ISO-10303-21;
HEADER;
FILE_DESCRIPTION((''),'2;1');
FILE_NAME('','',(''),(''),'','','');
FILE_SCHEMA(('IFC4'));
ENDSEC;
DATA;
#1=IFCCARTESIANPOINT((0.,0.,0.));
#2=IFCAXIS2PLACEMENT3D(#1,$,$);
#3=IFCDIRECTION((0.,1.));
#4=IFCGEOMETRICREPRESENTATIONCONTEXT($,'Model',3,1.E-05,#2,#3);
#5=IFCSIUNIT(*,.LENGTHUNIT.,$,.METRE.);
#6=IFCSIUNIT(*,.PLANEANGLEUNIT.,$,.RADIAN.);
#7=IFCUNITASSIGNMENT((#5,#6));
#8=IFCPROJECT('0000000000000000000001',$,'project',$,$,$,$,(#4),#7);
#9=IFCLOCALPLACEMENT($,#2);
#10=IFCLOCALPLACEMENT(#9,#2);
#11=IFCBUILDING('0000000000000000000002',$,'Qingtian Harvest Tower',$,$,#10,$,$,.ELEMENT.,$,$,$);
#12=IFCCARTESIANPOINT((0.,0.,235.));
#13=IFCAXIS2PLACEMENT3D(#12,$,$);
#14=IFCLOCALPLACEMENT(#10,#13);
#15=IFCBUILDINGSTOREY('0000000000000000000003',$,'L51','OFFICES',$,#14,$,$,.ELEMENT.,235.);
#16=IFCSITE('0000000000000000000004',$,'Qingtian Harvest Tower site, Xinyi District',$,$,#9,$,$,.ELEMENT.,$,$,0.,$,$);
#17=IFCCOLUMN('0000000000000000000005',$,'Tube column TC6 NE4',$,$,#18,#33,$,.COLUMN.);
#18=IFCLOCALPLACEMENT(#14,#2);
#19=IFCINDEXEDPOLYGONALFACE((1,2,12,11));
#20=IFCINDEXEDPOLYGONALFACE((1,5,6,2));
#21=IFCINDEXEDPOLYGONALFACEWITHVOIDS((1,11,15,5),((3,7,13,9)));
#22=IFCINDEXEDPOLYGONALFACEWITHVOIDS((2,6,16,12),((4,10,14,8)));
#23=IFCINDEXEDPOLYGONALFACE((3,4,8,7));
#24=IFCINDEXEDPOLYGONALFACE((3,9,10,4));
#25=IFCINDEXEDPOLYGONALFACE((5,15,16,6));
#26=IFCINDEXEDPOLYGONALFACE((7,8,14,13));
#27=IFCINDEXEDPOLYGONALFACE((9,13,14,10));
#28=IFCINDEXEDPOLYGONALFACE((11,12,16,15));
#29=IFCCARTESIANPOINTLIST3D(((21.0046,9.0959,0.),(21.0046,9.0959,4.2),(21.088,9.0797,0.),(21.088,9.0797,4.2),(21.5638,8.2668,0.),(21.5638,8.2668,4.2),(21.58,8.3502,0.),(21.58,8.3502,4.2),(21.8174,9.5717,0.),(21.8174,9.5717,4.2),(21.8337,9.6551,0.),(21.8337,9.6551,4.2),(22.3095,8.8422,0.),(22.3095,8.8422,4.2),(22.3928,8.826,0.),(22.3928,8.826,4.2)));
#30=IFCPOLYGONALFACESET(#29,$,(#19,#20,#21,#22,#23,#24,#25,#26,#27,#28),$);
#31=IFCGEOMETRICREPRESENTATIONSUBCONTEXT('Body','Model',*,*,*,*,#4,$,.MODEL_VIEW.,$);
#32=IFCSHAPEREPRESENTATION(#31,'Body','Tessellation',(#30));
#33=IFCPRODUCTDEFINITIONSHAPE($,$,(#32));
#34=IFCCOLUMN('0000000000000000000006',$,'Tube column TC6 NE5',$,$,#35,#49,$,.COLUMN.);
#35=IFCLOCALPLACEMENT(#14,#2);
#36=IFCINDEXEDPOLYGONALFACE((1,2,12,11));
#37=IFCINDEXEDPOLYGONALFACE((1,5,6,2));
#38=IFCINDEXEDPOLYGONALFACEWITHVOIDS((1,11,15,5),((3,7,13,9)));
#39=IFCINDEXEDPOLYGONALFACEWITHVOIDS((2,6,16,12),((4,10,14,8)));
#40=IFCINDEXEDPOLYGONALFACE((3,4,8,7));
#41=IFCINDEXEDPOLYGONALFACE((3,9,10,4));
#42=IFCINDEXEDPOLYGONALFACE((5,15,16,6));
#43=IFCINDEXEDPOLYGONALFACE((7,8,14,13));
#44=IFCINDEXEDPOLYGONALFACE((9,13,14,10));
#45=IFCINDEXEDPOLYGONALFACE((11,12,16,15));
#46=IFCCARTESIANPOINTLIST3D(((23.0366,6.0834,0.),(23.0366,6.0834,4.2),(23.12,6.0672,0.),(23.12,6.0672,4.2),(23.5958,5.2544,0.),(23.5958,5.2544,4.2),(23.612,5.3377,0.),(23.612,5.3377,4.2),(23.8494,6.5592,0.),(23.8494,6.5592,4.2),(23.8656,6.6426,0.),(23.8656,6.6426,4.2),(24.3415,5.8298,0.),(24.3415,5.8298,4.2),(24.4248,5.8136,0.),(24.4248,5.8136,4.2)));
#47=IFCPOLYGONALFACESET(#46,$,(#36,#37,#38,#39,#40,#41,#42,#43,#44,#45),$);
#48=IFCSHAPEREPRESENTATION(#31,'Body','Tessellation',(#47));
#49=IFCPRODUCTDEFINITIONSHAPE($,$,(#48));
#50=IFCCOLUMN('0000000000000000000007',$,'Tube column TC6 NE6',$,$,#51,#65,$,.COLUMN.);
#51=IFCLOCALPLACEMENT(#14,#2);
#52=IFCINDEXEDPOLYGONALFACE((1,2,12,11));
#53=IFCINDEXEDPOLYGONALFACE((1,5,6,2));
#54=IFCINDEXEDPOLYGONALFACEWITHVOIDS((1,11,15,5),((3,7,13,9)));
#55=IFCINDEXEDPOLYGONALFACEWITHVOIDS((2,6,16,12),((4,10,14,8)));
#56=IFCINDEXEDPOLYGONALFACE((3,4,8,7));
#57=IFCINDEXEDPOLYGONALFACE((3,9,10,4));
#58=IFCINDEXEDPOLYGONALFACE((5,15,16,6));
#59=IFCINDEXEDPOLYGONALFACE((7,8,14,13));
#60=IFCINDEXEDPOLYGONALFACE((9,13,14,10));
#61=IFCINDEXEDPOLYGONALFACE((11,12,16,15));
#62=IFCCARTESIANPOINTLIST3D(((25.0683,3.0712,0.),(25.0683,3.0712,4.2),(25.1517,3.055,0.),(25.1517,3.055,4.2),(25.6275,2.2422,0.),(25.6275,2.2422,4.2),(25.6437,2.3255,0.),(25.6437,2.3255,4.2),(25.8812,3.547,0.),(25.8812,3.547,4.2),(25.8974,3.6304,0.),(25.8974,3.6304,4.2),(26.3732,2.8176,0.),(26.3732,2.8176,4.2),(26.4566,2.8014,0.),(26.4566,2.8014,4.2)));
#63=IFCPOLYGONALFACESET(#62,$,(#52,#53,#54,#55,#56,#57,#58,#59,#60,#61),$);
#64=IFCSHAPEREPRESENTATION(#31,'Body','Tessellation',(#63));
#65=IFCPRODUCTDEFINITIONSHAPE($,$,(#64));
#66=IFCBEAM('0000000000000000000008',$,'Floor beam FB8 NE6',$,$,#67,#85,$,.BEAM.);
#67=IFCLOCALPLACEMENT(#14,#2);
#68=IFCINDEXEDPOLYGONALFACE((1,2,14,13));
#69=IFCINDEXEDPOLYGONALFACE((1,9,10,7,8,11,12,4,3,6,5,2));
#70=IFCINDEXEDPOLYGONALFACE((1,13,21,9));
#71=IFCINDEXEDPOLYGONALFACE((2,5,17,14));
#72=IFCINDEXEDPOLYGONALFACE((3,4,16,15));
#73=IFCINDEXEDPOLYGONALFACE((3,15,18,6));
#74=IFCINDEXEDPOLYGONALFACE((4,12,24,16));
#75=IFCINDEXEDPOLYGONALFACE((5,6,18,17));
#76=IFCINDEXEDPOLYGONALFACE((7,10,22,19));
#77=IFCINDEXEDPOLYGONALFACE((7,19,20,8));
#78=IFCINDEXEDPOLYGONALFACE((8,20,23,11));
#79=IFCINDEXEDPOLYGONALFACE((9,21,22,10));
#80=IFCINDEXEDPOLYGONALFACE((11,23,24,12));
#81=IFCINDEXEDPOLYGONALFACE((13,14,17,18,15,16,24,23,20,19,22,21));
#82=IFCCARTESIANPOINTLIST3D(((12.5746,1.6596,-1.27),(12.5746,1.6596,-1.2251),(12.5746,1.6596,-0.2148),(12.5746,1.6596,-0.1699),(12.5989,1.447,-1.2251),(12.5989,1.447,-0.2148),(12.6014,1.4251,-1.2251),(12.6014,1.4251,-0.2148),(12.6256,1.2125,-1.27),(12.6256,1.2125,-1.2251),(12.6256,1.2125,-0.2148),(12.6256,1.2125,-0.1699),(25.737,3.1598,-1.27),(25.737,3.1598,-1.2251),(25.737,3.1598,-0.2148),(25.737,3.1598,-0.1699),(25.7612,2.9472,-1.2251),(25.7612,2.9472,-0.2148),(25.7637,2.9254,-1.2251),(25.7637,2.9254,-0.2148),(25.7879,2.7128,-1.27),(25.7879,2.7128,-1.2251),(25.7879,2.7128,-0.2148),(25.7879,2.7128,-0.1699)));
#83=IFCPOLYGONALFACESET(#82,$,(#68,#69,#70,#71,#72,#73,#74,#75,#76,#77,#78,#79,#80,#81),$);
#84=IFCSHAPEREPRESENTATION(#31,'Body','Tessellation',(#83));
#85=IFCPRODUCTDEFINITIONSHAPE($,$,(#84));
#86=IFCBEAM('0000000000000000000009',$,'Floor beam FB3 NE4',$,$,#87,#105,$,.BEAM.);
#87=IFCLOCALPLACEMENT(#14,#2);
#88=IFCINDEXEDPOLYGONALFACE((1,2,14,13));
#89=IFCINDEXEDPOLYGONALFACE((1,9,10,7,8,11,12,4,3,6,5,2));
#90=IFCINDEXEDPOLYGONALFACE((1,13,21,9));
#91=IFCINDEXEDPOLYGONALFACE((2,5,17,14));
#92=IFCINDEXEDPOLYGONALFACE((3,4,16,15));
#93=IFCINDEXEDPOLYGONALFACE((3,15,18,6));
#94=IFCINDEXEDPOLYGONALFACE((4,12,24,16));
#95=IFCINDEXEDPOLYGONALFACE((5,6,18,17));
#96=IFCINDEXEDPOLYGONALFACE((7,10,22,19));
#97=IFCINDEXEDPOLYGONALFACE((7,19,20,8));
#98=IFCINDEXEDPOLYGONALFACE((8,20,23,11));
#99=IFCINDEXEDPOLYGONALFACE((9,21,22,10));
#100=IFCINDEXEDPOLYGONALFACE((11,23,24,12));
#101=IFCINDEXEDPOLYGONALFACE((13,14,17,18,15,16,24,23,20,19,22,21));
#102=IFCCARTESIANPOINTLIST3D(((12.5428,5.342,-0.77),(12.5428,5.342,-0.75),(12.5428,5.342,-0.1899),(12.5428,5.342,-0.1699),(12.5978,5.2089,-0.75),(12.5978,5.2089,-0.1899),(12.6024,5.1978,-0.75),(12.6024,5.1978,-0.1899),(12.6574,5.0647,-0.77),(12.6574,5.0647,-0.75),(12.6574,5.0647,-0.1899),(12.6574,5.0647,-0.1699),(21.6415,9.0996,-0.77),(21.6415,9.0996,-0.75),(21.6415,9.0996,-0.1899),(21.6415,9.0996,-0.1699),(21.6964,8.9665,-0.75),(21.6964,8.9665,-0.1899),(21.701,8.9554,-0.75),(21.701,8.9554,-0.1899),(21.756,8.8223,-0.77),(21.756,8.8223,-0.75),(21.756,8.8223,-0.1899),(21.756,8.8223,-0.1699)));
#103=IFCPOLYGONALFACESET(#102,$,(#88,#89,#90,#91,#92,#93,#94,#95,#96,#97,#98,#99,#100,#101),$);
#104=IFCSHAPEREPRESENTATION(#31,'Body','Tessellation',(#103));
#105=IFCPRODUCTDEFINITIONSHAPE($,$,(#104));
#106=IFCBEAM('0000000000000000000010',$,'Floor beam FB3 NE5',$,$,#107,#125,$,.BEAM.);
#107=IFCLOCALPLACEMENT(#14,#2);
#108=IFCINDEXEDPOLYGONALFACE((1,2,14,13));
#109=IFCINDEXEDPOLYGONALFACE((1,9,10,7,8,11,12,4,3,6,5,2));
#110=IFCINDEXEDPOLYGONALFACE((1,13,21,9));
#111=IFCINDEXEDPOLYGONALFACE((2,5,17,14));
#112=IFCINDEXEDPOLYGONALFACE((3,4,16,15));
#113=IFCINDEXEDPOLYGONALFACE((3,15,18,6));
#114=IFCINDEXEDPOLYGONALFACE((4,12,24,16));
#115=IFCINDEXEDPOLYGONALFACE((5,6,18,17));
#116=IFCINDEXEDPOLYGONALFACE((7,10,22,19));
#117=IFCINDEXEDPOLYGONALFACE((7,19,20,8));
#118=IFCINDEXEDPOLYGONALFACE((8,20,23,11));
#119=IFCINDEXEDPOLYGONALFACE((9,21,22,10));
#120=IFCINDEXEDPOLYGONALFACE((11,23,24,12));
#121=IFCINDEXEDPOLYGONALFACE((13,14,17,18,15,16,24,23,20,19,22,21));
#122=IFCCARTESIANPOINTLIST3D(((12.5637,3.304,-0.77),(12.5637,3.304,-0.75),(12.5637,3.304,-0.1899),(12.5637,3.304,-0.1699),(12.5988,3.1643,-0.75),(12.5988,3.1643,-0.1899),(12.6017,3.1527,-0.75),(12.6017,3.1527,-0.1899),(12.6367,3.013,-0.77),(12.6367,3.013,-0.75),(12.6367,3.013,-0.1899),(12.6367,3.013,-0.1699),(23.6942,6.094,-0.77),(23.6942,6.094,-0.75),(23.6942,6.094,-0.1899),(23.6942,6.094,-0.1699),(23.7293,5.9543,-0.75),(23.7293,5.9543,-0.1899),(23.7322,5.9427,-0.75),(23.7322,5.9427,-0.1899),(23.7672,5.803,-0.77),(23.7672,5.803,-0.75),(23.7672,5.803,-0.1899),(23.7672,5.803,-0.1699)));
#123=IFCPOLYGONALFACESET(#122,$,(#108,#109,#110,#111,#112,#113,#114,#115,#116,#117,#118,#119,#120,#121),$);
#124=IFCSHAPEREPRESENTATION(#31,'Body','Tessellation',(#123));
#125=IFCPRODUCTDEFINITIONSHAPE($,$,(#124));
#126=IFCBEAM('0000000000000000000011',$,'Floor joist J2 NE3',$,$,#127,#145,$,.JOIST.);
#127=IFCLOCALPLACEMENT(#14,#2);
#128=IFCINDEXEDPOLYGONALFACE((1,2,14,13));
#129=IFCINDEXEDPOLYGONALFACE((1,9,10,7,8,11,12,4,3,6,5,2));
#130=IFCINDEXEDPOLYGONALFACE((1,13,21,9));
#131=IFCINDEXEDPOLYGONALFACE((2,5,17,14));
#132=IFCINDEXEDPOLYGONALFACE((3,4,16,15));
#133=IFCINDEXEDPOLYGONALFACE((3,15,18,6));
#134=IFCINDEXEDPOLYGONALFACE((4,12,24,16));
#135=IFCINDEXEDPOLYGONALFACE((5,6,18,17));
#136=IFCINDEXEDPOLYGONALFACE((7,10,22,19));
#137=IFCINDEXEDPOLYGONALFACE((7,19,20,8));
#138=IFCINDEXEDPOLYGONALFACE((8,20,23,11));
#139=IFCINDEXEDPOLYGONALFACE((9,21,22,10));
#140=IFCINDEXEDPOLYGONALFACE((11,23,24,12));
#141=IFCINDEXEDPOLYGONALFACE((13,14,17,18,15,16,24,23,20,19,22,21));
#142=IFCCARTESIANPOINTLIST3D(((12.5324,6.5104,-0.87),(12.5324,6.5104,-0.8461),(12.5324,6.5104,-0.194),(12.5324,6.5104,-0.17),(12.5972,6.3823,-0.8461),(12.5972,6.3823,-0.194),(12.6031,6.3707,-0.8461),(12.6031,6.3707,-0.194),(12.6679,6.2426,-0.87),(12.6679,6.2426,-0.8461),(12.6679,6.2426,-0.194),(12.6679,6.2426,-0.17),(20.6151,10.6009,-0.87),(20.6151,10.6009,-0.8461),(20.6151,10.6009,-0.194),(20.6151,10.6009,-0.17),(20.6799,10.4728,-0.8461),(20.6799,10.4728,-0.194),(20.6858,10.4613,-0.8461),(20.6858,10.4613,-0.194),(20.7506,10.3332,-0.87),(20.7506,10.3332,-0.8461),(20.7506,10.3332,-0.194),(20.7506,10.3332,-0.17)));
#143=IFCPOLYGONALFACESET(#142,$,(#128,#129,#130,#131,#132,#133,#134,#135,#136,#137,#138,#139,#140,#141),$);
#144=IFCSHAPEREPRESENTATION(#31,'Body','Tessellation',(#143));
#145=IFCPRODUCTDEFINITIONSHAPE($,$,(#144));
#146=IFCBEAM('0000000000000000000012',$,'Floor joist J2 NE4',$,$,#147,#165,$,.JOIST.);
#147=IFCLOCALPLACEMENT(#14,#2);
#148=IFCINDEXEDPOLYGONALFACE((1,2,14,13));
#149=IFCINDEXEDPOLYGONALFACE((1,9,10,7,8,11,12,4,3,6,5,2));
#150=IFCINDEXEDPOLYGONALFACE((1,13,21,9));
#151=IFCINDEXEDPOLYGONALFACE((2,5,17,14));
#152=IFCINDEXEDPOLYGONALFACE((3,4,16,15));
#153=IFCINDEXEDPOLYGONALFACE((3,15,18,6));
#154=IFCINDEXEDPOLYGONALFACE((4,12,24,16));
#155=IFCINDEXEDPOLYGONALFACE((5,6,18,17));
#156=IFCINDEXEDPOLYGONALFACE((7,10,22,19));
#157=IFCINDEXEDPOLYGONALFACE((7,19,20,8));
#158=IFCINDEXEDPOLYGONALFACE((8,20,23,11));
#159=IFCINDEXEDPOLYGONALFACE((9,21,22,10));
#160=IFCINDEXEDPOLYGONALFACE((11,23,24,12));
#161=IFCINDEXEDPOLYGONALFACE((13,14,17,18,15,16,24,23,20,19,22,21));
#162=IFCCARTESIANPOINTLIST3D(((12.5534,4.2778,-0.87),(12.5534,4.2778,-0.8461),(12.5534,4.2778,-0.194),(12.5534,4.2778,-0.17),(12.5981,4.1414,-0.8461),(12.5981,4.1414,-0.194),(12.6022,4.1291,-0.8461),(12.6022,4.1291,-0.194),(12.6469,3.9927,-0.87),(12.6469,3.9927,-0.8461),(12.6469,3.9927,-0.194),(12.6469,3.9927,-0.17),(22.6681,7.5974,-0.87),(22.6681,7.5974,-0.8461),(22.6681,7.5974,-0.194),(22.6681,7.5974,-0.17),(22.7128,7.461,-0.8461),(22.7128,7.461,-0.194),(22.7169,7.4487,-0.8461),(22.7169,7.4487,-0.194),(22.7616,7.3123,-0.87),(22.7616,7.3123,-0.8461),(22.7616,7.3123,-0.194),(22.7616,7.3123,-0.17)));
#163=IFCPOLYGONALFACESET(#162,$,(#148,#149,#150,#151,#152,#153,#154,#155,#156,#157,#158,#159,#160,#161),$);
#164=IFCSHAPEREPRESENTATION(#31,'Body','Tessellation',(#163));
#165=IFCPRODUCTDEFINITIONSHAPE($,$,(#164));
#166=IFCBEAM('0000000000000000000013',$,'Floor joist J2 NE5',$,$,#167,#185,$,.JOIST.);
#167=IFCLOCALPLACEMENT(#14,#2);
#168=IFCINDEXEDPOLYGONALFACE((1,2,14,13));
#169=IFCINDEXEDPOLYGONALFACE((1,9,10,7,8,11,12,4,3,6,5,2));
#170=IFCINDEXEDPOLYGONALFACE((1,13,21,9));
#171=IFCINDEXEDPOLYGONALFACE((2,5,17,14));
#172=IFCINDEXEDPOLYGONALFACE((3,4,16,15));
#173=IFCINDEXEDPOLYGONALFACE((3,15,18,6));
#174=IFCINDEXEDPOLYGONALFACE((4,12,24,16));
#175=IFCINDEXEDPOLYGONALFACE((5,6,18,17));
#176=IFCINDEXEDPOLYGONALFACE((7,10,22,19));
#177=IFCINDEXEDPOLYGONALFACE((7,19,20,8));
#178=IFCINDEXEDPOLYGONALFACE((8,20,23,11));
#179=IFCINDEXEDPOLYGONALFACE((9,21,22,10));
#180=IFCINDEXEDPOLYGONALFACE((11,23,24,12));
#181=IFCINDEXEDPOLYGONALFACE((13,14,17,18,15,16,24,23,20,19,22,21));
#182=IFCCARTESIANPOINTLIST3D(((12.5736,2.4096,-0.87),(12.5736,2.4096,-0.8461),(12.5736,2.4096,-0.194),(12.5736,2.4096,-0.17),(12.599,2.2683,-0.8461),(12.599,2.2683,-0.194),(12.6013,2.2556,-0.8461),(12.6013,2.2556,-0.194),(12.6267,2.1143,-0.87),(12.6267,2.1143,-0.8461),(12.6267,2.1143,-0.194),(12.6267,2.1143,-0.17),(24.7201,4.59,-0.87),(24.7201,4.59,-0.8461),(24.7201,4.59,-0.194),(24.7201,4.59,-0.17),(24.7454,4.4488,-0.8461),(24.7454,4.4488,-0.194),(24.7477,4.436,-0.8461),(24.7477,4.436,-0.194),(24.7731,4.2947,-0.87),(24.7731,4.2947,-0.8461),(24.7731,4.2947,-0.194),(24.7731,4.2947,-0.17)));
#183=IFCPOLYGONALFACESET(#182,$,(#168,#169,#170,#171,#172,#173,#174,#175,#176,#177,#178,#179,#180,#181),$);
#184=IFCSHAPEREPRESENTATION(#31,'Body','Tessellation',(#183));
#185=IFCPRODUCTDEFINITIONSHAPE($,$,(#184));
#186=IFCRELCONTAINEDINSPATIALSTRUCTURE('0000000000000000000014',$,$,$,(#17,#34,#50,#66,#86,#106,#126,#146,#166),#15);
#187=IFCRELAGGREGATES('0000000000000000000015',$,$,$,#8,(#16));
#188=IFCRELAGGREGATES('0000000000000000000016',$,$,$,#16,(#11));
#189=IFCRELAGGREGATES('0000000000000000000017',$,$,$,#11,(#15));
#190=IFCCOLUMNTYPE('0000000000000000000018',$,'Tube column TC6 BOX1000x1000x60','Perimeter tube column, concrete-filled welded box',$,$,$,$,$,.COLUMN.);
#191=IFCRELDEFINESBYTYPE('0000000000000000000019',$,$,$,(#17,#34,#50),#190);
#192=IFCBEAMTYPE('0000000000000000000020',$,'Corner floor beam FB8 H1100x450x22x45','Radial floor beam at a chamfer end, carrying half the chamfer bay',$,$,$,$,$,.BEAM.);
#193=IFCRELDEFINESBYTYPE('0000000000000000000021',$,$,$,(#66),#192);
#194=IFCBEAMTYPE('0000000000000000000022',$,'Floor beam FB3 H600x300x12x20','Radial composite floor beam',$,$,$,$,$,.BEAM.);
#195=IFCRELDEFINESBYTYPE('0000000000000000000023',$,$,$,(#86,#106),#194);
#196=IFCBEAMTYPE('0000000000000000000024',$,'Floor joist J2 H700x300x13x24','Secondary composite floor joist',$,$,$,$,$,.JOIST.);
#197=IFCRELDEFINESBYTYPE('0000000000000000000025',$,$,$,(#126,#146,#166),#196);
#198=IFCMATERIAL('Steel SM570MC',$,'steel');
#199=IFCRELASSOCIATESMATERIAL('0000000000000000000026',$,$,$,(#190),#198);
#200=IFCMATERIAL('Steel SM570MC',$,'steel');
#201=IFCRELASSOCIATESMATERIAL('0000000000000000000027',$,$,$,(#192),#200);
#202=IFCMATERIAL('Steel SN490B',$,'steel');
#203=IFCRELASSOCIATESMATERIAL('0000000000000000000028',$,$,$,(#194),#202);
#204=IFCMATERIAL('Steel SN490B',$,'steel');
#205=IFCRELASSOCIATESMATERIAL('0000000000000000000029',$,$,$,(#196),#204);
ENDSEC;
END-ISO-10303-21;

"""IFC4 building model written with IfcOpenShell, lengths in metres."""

from ifc_helpers import new_model, si_unit, direction, frame, origin, origin_2d, place, context, subcontext, project, spatial, hollow_rectangle, i_section, extrude, material, material_profile, profile_set, type_object, element, save


model = new_model("IFC4")

# Units and contexts
model_context = context("Model", 3, precision=1e-05, world=origin(), true_north=direction((0.0, 1.0)))
body_context = subcontext(model_context, "Body", "Model", "MODEL_VIEW")
ifc_project = project(units=[si_unit("LENGTHUNIT", "METRE"), si_unit("PLANEANGLEUNIT", "RADIAN")], contexts=[model_context])

# Site, building, storey
site_placement = place(None, origin())
site = spatial("IfcSite", under=ifc_project, at=site_placement, Name="Qingtian Harvest Tower site, Xinyi District", CompositionType="ELEMENT", RefElevation=0.0)
building_placement = place(site_placement, origin())
building = spatial("IfcBuilding", under=site, at=building_placement, Name="Qingtian Harvest Tower", CompositionType="ELEMENT")
storey_placement = place(building_placement, frame((0.0, 0.0, 235.0)))
storey = spatial("IfcBuildingStorey", under=building, at=storey_placement, Name="L51", Description="OFFICES", CompositionType="ELEMENT", Elevation=235.0)

# Columns
ifc_material_1 = material(Name="Steel SM570MC", Category="steel")
ifc_material_profile_1 = material_profile(ifc_material_1, hollow_rectangle(XDim=1.0, YDim=1.0, WallThickness=0.0601, at=origin_2d()), Name="BOX1000x1000x60")
ifc_profile_set_1 = profile_set([ifc_material_profile_1], Name="Steel SM570MC")
column_type = type_object("IfcColumnType", Name="Tube column TC6 BOX1000x1000x60", Description="Perimeter tube column, concrete-filled welded box", PredefinedType="COLUMN", material=ifc_profile_set_1)
for number, where, z_axis, x_axis, name in (
    (1, (21.6987, 8.9609, 0.0), (0.0, 0.0, 1.0), (-0.559193, 0.829038, 0.0), "Tube column TC6 NE4"),
    (2, (23.7307, 5.9485, 0.0), (0.0, 0.0, 1.0), (-0.559193, 0.829038, 0.0), "Tube column TC6 NE5"),
    (3, (25.7625, 2.9363, 0.0), (0.0, 0.0, 1.0), (-0.559193, 0.829038, 0.0), "Tube column TC6 NE6"),
):
    element("IfcColumn", number, at=place(storey_placement, frame(where, z_axis=z_axis, x_axis=x_axis)), inside=storey, type_object=column_type, Name=name, PredefinedType="COLUMN", context=body_context, shape_type="SweptSolid", body=[
        extrude(hollow_rectangle(XDim=1.0, YDim=1.0, WallThickness=0.0601, at=origin_2d()), origin(), (0.0, 0.0, 1.0), 4.2),
    ])

# Beams
ifc_material_2 = material(Name="Steel SM570MC", Category="steel")
ifc_material_profile_2 = material_profile(ifc_material_2, i_section(OverallWidth=0.45, OverallDepth=1.1001, WebThickness=0.022, FlangeThickness=0.0449, at=origin_2d()), Name="H1100x450x22x45")
ifc_profile_set_2 = profile_set([ifc_material_profile_2], Name="Steel SM570MC")
beam_type_1 = type_object("IfcBeamType", Name="Corner floor beam FB8 H1100x450x22x45", Description="Radial floor beam at a chamfer end, carrying half the chamfer bay", PredefinedType="BEAM", material=ifc_profile_set_2)
beam_1_placement = place(storey_placement, frame((25.7625, 2.9363, -0.72), z_axis=(-0.993567, -0.113247, 0.0), x_axis=(0.113247, -0.993567, 0.0)))
element("IfcBeam", 4, at=beam_1_placement, inside=storey, type_object=beam_type_1, Name="Floor beam FB8 NE6", PredefinedType="BEAM", context=body_context, shape_type="SweptSolid", body=[
    extrude(i_section(OverallWidth=0.45, OverallDepth=1.1001, WebThickness=0.022, FlangeThickness=0.0449, at=origin_2d()), origin(), (0.0, 0.0, 1.0), 13.2476),
])
ifc_material_3 = material(Name="Steel SN490B", Category="steel")
ifc_material_profile_3 = material_profile(ifc_material_3, i_section(OverallWidth=0.3, OverallDepth=0.6001, WebThickness=0.012, FlangeThickness=0.02, at=origin_2d()), Name="H600x300x12x20")
ifc_profile_set_3 = profile_set([ifc_material_profile_3], Name="Steel SN490B")
beam_type_2 = type_object("IfcBeamType", Name="Floor beam FB3 H600x300x12x20", Description="Radial composite floor beam", PredefinedType="BEAM", material=ifc_profile_set_3)
beam_2_placement = place(storey_placement, frame((21.6987, 8.9609, -0.47), z_axis=(-0.924282, -0.381711, 0.0), x_axis=(0.381711, -0.924282, 0.0)))
element("IfcBeam", 5, at=beam_2_placement, inside=storey, type_object=beam_type_2, Name="Floor beam FB3 NE4", PredefinedType="BEAM", context=body_context, shape_type="SweptSolid", body=[
    extrude(i_section(OverallWidth=0.3, OverallDepth=0.6001, WebThickness=0.012, FlangeThickness=0.02, at=origin_2d()), origin(), (0.0, 0.0, 1.0), 9.844),
])
beam_3_placement = place(storey_placement, frame((23.7307, 5.9485, -0.47), z_axis=(-0.969991, -0.243141, 0.0), x_axis=(0.243141, -0.969991, 0.0)))
element("IfcBeam", 6, at=beam_3_placement, inside=storey, type_object=beam_type_2, Name="Floor beam FB3 NE5", PredefinedType="BEAM", context=body_context, shape_type="SweptSolid", body=[
    extrude(i_section(OverallWidth=0.3, OverallDepth=0.6001, WebThickness=0.012, FlangeThickness=0.02, at=origin_2d()), origin(), (0.0, 0.0, 1.0), 11.4749),
])
ifc_material_4 = material(Name="Steel SN490B", Category="steel")
ifc_material_profile_4 = material_profile(ifc_material_4, i_section(OverallWidth=0.3, OverallDepth=0.7, WebThickness=0.0129, FlangeThickness=0.0239, at=origin_2d()), Name="H700x300x13x24")
ifc_profile_set_4 = profile_set([ifc_material_profile_4], Name="Steel SN490B")
beam_type_3 = type_object("IfcBeamType", Name="Floor joist J2 H700x300x13x24", Description="Secondary composite floor joist", PredefinedType="JOIST", material=ifc_profile_set_4)
beam_4_placement = place(storey_placement, frame((20.6829, 10.467, -0.52), z_axis=(-0.892244, -0.451553, 0.0), x_axis=(0.451553, -0.892244, 0.0)))
element("IfcBeam", 7, at=beam_4_placement, inside=storey, type_object=beam_type_3, Name="Floor joist J2 NE3", PredefinedType="JOIST", context=body_context, shape_type="SweptSolid", body=[
    extrude(i_section(OverallWidth=0.3, OverallDepth=0.7, WebThickness=0.0129, FlangeThickness=0.0239, at=origin_2d()), origin(), (0.0, 0.0, 1.0), 9.0588),
])
beam_5_placement = place(storey_placement, frame((22.7148, 7.4548, -0.52), z_axis=(-0.950139, -0.311828, 0.0), x_axis=(0.311828, -0.950139, 0.0)))
element("IfcBeam", 8, at=beam_5_placement, inside=storey, type_object=beam_type_3, Name="Floor joist J2 NE4", PredefinedType="JOIST", context=body_context, shape_type="SweptSolid", body=[
    extrude(i_section(OverallWidth=0.3, OverallDepth=0.7, WebThickness=0.0129, FlangeThickness=0.0239, at=origin_2d()), origin(), (0.0, 0.0, 1.0), 10.6455),
])
beam_6_placement = place(storey_placement, frame((24.7466, 4.4424, -0.52), z_axis=(-0.984267, -0.176686, 0.0), x_axis=(0.176686, -0.984267, 0.0)))
element("IfcBeam", 9, at=beam_6_placement, inside=storey, type_object=beam_type_3, Name="Floor joist J2 NE5", PredefinedType="JOIST", context=body_context, shape_type="SweptSolid", body=[
    extrude(i_section(OverallWidth=0.3, OverallDepth=0.7, WebThickness=0.0129, FlangeThickness=0.0239, at=origin_2d()), origin(), (0.0, 0.0, 1.0), 12.3406),
])

save(model, "model.ifc")
